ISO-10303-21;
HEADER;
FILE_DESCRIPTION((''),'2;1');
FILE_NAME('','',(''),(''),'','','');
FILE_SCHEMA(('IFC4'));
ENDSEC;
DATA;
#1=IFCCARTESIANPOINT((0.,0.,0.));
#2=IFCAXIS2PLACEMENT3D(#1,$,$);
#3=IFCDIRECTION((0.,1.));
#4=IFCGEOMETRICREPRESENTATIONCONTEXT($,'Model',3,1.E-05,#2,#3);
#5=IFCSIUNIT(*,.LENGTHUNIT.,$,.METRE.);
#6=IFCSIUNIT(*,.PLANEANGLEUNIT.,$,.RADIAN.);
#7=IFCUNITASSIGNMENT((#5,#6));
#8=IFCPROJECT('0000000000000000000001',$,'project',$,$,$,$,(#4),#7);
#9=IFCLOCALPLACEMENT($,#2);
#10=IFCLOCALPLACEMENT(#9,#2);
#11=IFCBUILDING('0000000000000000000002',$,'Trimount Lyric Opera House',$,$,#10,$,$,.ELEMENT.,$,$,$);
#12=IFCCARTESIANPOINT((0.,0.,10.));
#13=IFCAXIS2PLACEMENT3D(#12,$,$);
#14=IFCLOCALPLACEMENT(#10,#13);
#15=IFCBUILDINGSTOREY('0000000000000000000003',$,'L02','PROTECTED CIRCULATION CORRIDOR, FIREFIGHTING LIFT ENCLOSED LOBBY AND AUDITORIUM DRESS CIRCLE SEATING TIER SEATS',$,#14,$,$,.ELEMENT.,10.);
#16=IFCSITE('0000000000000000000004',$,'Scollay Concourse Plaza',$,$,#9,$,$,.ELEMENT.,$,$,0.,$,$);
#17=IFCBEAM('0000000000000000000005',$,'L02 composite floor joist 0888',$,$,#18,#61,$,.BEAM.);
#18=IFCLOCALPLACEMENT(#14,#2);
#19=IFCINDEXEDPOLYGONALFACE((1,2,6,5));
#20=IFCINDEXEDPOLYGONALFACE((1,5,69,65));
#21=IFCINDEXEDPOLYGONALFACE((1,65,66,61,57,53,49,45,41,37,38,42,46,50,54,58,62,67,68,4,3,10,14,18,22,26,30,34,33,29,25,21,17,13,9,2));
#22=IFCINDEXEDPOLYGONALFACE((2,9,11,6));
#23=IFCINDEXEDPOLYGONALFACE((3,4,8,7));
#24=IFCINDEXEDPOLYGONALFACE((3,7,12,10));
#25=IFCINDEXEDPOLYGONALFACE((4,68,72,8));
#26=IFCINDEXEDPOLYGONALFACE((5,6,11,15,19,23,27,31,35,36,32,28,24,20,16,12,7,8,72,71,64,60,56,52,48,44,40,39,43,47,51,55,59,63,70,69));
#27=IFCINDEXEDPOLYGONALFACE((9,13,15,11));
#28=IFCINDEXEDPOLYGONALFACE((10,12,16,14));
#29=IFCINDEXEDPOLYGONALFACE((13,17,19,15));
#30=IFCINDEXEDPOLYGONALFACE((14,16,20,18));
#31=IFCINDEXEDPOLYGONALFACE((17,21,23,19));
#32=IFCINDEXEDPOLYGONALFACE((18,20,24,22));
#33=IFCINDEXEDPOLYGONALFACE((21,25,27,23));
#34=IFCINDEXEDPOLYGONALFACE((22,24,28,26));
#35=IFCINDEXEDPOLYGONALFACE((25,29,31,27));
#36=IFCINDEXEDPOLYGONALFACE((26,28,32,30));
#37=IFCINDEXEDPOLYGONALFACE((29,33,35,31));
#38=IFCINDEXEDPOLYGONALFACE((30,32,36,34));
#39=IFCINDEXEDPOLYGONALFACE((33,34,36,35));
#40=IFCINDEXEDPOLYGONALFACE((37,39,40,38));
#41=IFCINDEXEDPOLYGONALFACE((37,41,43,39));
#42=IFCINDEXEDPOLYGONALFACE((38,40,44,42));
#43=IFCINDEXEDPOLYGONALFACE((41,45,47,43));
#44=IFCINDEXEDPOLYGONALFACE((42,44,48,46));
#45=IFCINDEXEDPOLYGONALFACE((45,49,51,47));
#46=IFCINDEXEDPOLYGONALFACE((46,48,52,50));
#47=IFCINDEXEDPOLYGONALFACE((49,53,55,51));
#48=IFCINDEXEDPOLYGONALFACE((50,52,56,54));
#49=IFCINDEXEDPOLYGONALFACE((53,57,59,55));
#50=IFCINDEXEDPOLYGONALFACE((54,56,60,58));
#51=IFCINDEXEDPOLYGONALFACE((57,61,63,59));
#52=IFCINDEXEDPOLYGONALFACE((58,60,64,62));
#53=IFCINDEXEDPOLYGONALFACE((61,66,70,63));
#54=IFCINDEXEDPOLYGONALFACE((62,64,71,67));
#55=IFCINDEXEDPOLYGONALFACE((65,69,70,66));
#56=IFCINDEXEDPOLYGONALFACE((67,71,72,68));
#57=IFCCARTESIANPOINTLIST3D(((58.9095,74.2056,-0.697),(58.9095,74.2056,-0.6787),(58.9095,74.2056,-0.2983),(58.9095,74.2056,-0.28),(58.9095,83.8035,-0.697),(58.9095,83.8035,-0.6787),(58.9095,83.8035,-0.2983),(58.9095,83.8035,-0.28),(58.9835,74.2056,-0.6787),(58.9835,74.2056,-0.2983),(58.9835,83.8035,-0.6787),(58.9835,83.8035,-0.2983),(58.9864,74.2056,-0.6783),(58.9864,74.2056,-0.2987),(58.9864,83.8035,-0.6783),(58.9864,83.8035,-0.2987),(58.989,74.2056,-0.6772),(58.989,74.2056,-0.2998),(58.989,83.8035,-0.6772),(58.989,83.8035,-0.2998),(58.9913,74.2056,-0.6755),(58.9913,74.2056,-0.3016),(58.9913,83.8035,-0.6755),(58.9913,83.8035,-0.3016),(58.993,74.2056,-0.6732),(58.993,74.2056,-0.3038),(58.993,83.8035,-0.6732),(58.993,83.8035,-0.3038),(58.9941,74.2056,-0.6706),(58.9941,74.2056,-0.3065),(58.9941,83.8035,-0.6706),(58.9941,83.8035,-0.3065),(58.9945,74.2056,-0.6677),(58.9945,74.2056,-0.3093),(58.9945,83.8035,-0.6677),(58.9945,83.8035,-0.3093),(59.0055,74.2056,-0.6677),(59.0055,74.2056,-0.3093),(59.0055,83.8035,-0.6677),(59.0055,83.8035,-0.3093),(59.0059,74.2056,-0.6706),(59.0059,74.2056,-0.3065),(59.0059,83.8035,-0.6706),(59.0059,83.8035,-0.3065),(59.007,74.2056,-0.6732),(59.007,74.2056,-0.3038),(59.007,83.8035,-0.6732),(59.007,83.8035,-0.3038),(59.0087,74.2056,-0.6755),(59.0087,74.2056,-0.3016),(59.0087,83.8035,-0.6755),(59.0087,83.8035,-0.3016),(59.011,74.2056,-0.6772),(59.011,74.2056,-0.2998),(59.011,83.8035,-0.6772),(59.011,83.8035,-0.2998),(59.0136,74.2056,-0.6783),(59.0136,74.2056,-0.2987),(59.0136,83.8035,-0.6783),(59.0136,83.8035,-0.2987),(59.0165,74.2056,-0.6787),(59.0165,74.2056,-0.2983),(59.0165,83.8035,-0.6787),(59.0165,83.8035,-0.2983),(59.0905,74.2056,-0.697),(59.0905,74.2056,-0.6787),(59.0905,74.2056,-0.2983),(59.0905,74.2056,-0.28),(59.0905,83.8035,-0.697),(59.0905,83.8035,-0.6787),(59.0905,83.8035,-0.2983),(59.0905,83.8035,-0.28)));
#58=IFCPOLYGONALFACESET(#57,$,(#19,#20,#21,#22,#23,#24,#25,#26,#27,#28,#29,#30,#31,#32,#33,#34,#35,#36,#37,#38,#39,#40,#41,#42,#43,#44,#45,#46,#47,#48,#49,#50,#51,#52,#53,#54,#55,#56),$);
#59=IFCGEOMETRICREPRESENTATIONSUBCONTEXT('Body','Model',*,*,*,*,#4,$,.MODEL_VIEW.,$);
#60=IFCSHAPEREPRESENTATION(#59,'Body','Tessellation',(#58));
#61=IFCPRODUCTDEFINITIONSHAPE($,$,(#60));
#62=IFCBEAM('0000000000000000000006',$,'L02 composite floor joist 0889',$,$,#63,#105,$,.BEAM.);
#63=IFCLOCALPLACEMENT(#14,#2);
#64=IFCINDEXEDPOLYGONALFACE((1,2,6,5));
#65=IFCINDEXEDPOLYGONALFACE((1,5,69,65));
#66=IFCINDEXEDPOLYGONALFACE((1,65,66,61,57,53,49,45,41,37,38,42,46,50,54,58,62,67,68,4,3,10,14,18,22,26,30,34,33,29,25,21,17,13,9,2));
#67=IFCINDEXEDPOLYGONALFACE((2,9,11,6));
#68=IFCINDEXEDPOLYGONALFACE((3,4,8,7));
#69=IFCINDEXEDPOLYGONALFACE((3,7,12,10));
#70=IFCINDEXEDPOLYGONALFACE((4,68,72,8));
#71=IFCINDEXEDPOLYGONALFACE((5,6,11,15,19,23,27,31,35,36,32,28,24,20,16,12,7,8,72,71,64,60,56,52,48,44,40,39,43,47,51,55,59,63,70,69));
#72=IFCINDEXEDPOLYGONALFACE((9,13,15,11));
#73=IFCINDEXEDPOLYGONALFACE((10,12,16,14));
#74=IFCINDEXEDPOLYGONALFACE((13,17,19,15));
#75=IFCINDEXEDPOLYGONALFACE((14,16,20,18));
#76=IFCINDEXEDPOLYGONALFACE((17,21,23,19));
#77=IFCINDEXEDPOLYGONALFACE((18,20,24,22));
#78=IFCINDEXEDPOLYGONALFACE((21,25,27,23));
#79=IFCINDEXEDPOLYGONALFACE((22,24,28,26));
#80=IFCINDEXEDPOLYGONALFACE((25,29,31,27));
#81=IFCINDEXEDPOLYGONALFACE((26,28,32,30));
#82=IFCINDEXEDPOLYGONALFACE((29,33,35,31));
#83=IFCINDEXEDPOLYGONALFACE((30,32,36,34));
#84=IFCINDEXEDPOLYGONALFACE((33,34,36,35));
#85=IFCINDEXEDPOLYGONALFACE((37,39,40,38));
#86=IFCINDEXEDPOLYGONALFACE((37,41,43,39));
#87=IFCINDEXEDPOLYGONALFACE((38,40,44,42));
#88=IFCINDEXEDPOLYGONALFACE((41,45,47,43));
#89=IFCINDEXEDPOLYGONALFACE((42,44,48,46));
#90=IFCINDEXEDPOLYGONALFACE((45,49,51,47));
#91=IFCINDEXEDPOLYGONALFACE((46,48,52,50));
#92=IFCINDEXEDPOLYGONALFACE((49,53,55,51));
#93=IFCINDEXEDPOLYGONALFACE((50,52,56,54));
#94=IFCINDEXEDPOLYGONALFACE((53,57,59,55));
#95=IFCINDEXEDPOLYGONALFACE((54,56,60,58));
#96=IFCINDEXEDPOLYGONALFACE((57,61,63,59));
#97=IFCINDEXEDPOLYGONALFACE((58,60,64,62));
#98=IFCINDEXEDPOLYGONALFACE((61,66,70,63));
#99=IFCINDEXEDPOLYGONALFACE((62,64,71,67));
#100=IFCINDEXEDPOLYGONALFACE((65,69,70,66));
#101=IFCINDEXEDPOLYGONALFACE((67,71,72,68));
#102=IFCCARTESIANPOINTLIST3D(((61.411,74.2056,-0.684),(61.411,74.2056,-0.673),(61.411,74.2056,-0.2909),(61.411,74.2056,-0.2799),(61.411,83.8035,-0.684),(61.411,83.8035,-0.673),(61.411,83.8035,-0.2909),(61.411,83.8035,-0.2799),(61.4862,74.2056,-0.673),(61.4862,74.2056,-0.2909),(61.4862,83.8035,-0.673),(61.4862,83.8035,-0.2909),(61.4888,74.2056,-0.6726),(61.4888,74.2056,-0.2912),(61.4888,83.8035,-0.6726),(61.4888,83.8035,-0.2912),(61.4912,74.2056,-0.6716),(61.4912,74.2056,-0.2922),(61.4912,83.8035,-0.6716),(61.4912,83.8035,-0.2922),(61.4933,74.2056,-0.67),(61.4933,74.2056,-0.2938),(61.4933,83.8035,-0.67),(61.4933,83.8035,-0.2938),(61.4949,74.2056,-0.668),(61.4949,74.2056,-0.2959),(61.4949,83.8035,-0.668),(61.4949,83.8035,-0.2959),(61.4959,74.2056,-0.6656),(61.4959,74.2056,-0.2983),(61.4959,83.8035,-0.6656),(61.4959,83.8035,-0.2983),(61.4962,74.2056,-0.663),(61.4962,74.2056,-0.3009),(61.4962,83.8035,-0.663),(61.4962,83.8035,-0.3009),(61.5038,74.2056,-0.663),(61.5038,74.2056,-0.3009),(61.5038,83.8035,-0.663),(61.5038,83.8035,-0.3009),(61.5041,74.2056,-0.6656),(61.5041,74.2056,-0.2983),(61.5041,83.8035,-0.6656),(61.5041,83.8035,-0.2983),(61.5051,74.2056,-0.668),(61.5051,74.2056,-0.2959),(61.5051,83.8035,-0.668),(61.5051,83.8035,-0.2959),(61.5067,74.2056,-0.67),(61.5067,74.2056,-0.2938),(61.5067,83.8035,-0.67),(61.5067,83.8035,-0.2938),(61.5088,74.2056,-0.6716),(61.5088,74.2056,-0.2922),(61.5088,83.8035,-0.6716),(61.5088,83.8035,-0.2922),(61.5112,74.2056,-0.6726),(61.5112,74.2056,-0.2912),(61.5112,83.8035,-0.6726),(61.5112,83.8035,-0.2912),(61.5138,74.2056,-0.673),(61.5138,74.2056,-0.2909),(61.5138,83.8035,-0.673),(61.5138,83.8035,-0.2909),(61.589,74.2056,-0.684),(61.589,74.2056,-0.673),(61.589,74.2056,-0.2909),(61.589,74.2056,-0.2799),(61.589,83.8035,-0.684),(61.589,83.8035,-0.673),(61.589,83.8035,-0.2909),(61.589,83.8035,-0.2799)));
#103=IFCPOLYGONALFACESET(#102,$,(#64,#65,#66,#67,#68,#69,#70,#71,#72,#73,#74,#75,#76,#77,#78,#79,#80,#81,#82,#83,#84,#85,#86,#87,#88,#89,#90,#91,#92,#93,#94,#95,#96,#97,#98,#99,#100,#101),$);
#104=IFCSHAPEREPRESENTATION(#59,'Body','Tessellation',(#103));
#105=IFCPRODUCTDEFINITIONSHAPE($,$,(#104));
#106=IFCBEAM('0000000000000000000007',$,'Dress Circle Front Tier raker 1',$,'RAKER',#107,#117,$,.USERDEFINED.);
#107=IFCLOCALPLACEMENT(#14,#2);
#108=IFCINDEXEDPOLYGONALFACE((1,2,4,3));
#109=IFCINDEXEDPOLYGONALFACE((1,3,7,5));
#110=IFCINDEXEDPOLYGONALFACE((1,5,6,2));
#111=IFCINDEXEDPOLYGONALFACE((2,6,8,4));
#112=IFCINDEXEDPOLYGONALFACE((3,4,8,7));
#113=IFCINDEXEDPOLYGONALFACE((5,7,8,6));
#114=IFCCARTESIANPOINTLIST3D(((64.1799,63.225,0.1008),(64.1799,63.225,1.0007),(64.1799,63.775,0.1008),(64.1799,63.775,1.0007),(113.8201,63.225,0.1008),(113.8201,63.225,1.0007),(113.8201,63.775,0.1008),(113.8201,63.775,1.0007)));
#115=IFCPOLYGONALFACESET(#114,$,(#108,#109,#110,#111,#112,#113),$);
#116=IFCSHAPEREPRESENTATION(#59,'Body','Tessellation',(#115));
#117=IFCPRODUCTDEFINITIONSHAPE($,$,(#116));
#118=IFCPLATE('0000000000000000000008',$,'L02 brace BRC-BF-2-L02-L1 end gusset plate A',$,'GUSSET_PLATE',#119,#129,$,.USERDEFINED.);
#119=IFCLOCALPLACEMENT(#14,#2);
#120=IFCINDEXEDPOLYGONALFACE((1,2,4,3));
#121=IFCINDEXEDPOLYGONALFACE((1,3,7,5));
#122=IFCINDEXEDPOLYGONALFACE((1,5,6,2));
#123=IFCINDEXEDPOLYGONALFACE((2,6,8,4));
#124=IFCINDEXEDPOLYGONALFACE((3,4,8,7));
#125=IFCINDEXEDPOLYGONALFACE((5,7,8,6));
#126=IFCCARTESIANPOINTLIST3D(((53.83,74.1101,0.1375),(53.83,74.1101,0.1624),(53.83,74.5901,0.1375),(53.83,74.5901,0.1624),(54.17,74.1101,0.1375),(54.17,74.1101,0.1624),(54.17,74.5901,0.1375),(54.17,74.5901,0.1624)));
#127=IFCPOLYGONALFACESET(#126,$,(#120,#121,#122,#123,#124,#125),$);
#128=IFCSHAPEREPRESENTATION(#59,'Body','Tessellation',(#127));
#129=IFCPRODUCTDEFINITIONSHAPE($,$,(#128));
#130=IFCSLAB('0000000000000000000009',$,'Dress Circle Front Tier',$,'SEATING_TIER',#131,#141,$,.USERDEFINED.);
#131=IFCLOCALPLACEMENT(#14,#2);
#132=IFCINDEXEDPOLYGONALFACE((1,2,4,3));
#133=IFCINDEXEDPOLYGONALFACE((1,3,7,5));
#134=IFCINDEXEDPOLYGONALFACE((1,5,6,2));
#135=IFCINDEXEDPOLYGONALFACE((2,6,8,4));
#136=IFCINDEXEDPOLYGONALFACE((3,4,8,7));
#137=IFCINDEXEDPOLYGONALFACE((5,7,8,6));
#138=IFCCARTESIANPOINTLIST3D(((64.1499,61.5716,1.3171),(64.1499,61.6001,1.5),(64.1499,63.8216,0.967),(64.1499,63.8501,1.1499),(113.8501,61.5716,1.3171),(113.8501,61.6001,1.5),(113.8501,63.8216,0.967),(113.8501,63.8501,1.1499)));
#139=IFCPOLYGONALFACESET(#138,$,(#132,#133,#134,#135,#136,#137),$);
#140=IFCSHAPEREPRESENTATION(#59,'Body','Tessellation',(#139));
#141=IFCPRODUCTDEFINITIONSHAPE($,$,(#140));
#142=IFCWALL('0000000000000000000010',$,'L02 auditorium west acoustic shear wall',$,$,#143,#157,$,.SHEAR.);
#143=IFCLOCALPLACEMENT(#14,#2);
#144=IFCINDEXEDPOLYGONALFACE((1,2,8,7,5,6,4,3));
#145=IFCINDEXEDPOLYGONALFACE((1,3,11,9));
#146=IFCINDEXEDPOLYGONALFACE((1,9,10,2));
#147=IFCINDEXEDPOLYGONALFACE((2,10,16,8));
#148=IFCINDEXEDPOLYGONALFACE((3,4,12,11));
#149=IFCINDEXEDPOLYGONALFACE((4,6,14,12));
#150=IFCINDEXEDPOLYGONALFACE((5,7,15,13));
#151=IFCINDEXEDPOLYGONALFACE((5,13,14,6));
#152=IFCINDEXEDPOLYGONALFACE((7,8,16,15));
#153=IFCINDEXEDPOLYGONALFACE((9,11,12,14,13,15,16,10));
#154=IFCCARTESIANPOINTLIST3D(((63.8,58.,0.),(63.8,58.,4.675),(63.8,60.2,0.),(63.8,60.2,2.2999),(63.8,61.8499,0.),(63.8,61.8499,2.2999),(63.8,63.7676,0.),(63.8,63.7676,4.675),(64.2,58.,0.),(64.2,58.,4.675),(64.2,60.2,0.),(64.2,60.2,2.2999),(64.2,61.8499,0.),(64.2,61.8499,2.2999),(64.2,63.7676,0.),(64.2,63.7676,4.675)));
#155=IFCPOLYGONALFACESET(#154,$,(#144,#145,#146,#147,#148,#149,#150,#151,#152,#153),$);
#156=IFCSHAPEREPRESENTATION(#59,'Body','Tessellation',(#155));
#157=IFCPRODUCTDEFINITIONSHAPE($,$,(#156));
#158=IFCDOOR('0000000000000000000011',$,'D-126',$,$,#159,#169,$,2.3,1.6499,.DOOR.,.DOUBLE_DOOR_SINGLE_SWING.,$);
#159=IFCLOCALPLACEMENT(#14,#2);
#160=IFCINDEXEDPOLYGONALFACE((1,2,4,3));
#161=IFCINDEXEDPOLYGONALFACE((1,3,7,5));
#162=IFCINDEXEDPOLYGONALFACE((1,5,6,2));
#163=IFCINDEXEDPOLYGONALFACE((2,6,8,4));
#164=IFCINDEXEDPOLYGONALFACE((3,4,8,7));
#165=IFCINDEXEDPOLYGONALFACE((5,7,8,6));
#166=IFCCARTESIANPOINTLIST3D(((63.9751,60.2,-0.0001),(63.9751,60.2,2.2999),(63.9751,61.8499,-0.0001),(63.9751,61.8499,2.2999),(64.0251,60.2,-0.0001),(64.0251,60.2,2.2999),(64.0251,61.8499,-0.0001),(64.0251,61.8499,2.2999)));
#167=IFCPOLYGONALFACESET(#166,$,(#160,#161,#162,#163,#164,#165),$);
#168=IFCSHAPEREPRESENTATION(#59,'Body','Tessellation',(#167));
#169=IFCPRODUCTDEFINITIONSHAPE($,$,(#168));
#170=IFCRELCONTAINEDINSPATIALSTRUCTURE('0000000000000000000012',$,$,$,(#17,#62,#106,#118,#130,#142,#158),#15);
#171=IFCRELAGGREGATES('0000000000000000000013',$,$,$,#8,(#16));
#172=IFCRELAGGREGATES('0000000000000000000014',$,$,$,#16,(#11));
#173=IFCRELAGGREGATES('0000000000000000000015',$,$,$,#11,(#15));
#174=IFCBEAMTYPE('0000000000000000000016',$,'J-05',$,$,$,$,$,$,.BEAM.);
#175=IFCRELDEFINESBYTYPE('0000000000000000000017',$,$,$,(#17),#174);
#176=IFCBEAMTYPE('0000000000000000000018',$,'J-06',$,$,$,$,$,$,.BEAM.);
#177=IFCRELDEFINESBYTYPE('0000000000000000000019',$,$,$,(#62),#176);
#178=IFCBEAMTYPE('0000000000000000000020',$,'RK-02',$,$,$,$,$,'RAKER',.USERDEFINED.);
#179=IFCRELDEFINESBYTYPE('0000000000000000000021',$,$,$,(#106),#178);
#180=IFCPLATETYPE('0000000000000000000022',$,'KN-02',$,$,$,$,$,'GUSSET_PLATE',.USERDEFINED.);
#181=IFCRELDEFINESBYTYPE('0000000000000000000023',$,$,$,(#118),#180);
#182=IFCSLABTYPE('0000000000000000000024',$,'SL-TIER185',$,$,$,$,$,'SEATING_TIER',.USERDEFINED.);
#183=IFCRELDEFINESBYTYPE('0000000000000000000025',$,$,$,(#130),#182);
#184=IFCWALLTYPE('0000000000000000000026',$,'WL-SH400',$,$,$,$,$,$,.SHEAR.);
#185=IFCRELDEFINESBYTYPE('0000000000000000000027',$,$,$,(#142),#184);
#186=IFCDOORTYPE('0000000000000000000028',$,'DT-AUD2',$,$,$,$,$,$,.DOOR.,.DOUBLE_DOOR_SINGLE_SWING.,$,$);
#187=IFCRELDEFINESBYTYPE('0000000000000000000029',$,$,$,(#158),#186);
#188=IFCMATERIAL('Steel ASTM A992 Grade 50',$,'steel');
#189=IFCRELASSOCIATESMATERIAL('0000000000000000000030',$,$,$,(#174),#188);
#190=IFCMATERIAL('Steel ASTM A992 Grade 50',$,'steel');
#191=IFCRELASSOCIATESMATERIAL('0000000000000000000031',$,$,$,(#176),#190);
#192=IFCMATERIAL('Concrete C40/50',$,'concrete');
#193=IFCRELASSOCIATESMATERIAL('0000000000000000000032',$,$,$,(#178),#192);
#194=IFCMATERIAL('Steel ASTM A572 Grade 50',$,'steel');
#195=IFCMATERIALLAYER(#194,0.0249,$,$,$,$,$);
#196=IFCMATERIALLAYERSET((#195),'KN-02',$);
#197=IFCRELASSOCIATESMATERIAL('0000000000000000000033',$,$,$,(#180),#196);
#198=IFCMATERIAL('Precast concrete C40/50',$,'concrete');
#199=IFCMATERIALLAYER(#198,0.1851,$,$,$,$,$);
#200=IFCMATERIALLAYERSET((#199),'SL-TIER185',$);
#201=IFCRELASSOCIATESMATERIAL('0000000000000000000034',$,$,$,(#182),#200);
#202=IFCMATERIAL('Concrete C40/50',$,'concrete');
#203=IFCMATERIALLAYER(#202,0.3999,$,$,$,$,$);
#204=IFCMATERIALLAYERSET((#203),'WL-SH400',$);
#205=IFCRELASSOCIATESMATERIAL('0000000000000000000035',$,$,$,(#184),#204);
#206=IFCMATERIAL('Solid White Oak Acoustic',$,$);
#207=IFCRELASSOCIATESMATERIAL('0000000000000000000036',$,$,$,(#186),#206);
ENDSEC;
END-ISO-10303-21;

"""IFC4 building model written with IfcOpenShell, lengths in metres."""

from ifc_helpers import new_model, si_unit, direction, frame, frame_2d, origin, origin_2d, place, context, subcontext, project, spatial, polyline, rectangle, i_section, outline, extrude, material, layer, layer_set, material_profile, profile_set, type_object, element, fill, save


model = new_model("IFC4")

# Units and contexts
model_context = context("Model", 3, precision=1e-05, world=origin(), true_north=direction((0.0, 1.0)))
body_context = subcontext(model_context, "Body", "Model", "MODEL_VIEW")
ifc_project = project(units=[si_unit("LENGTHUNIT", "METRE"), si_unit("PLANEANGLEUNIT", "RADIAN")], contexts=[model_context])

# Site, building, storey
site_placement = place(None, origin())
site = spatial("IfcSite", under=ifc_project, at=site_placement, Name="Scollay Concourse Plaza", CompositionType="ELEMENT", RefElevation=0.0)
building_placement = place(site_placement, origin())
building = spatial("IfcBuilding", under=site, at=building_placement, Name="Trimount Lyric Opera House", CompositionType="ELEMENT")
storey_placement = place(building_placement, frame((0.0, 0.0, 10.0)))
storey = spatial("IfcBuildingStorey", under=building, at=storey_placement, Name="L02", Description="PROTECTED CIRCULATION CORRIDOR, FIREFIGHTING LIFT ENCLOSED LOBBY AND AUDITORIUM DRESS CIRCLE SEATING TIER SEATS", CompositionType="ELEMENT", Elevation=10.0)

# Beams
ifc_material_1 = material(Name="Steel ASTM A992 Grade 50", Category="steel")
ifc_material_profile_1 = material_profile(ifc_material_1, i_section(OverallWidth=0.1809, OverallDepth=0.417, WebThickness=0.011, FlangeThickness=0.0183, FilletRadius=0.011, at=origin_2d()), Name="W16X57")
ifc_profile_set_1 = profile_set([ifc_material_profile_1], Name="Steel ASTM A992 Grade 50")
beam_type_1 = type_object("IfcBeamType", Name="J-05", PredefinedType="BEAM", material=ifc_profile_set_1)
beam_1_placement = place(storey_placement, frame((59.0, 74.2056, -0.4885), z_axis=(0.0, 1.0, 0.0), x_axis=(-1.0, 0.0, 0.0)))
element("IfcBeam", 1, at=beam_1_placement, inside=storey, type_object=beam_type_1, Name="L02 composite floor joist 0888", PredefinedType="BEAM", context=body_context, shape_type="SweptSolid", body=[
    extrude(i_section(OverallWidth=0.1809, OverallDepth=0.417, WebThickness=0.011, FlangeThickness=0.0183, FilletRadius=0.011, at=origin_2d()), origin(), (0.0, 0.0, 1.0), 9.5979),
])
ifc_material_2 = material(Name="Steel ASTM A992 Grade 50", Category="steel")
ifc_material_profile_2 = material_profile(ifc_material_2, i_section(OverallWidth=0.178, OverallDepth=0.4041, WebThickness=0.0076, FlangeThickness=0.011, FilletRadius=0.01, at=origin_2d()), Name="W16X36")
ifc_profile_set_2 = profile_set([ifc_material_profile_2], Name="Steel ASTM A992 Grade 50")
beam_type_2 = type_object("IfcBeamType", Name="J-06", PredefinedType="BEAM", material=ifc_profile_set_2)
beam_2_placement = place(storey_placement, frame((61.5, 74.2056, -0.4819), z_axis=(0.0, 1.0, 0.0), x_axis=(-1.0, 0.0, 0.0)))
element("IfcBeam", 2, at=beam_2_placement, inside=storey, type_object=beam_type_2, Name="L02 composite floor joist 0889", PredefinedType="BEAM", context=body_context, shape_type="SweptSolid", body=[
    extrude(i_section(OverallWidth=0.178, OverallDepth=0.4041, WebThickness=0.0076, FlangeThickness=0.011, FilletRadius=0.01, at=origin_2d()), origin(), (0.0, 0.0, 1.0), 9.5979),
])
ifc_material_3 = material(Name="Concrete C40/50", Category="concrete")
ifc_material_profile_3 = material_profile(ifc_material_3, rectangle(XDim=0.55, YDim=0.8999, at=origin_2d()), Name="RC550X900")
ifc_profile_set_3 = profile_set([ifc_material_profile_3], Name="Concrete C40/50")
beam_type_3 = type_object("IfcBeamType", Name="RK-02", ElementType="RAKER", PredefinedType="USERDEFINED", material=ifc_profile_set_3)
beam_3_placement = place(storey_placement, frame((64.1799, 63.5, 0.5508), z_axis=(1.0, 0.0, 0.0), x_axis=(0.0, 1.0, 0.0)))
element("IfcBeam", 3, at=beam_3_placement, inside=storey, type_object=beam_type_3, Name="Dress Circle Front Tier raker 1", ObjectType="RAKER", PredefinedType="USERDEFINED", context=body_context, shape_type="SweptSolid", body=[
    extrude(rectangle(XDim=0.55, YDim=0.8999, at=origin_2d()), origin(), (0.0, 0.0, 1.0), 49.6401),
])

# Plate
ifc_material_4 = material(Name="Steel ASTM A572 Grade 50", Category="steel")
ifc_layer_1 = layer(ifc_material_4, 0.0249)
ifc_layer_set_1 = layer_set([ifc_layer_1], Name="KN-02")
plate_type = type_object("IfcPlateType", Name="KN-02", ElementType="GUSSET_PLATE", PredefinedType="USERDEFINED", material=ifc_layer_set_1)
plate_placement = place(storey_placement, frame((54.0, 74.3501, 0.1375), z_axis=(0.0, 0.0, 1.0), x_axis=(0.0, 1.0, 0.0)))
element("IfcPlate", 4, at=plate_placement, inside=storey, type_object=plate_type, Name="L02 brace BRC-BF-2-L02-L1 end gusset plate A", ObjectType="GUSSET_PLATE", PredefinedType="USERDEFINED", context=body_context, shape_type="SweptSolid", body=[
    extrude(rectangle(XDim=0.48, YDim=0.3401, at=origin_2d()), origin(), (0.0, 0.0, 1.0), 0.0249),
])

# Slab
ifc_material_5 = material(Name="Precast concrete C40/50", Category="concrete")
ifc_layer_2 = layer(ifc_material_5, 0.1851)
ifc_layer_set_2 = layer_set([ifc_layer_2], Name="SL-TIER185")
slab_type = type_object("IfcSlabType", Name="SL-TIER185", ElementType="SEATING_TIER", PredefinedType="USERDEFINED", material=ifc_layer_set_2)
slab_placement = place(storey_placement, frame((64.1499, 63.8501, 1.1499), z_axis=(0.0, 0.153749, 0.98811), x_axis=(1.0, 0.0, 0.0)))
element("IfcSlab", 5, at=slab_placement, inside=storey, type_object=slab_type, Name="Dress Circle Front Tier", ObjectType="SEATING_TIER", PredefinedType="USERDEFINED", context=body_context, shape_type="SweptSolid", body=[
    extrude(outline(polyline([(0.0, 0.0), (49.7002, 0.0), (49.7002, -2.2771), (0.0, -2.2771), (0.0, 0.0)])), origin(), (0.0, 0.0, -1.0), 0.1851),
])

# Wall, opening, door
ifc_material_6 = material(Name="Concrete C40/50", Category="concrete")
ifc_layer_3 = layer(ifc_material_6, 0.3999)
ifc_layer_set_3 = layer_set([ifc_layer_3], Name="WL-SH400")
wall_type = type_object("IfcWallType", Name="WL-SH400", PredefinedType="SHEAR", material=ifc_layer_set_3)
wall_1_placement = place(storey_placement, frame((64.0, 58.0, 0.0), z_axis=(0.0, 0.0, 1.0), x_axis=(0.0, 1.0, 0.0)))
wall_1 = element("IfcWall", 6, at=wall_1_placement, inside=storey, type_object=wall_type, Name="L02 auditorium west acoustic shear wall", PredefinedType="SHEAR", context=body_context, shape_type="SweptSolid", body=[
    extrude(rectangle(XDim=5.7676, YDim=0.3999, at=frame_2d((2.8838, 0.0))), origin(), (0.0, 0.0, 1.0), 4.675),
])
opening_placement = place(wall_1_placement, frame((2.2, 0.0, 0.0)))
opening = element("IfcOpeningElement", 7, at=opening_placement, cuts=wall_1, PredefinedType="OPENING", context=body_context, shape_type="SweptSolid", body=[
    extrude(rectangle(XDim=1.6499, YDim=2.3, at=frame_2d((0.825, 1.1499))), frame((0.0, 0.21, 0.0), z_axis=(0.0, -1.0, 0.0), x_axis=(1.0, 0.0, 0.0)), (0.0, 0.0, 1.0), 0.4199),
])
ifc_material_7 = material(Name="Solid White Oak Acoustic")
door_type = type_object("IfcDoorType", Name="DT-AUD2", OperationType="DOUBLE_DOOR_SINGLE_SWING", PredefinedType="DOOR", material=ifc_material_7)
door_placement = place(opening_placement, origin())
door = element("IfcDoor", 8, at=door_placement, inside=storey, type_object=door_type, Name="D-126", OperationType="DOUBLE_DOOR_SINGLE_SWING", OverallHeight=2.3, OverallWidth=1.6499, PredefinedType="DOOR", context=body_context, shape_type="SweptSolid", body=[
    extrude(rectangle(XDim=1.6499, YDim=2.3, at=frame_2d((0.825, 1.1499))), frame((0.0, 0.0249, 0.0), z_axis=(0.0, -1.0, 0.0), x_axis=(1.0, 0.0, 0.0)), (0.0, 0.0, 1.0), 0.05),
])
fill(opening, door)

save(model, "model.ifc")
